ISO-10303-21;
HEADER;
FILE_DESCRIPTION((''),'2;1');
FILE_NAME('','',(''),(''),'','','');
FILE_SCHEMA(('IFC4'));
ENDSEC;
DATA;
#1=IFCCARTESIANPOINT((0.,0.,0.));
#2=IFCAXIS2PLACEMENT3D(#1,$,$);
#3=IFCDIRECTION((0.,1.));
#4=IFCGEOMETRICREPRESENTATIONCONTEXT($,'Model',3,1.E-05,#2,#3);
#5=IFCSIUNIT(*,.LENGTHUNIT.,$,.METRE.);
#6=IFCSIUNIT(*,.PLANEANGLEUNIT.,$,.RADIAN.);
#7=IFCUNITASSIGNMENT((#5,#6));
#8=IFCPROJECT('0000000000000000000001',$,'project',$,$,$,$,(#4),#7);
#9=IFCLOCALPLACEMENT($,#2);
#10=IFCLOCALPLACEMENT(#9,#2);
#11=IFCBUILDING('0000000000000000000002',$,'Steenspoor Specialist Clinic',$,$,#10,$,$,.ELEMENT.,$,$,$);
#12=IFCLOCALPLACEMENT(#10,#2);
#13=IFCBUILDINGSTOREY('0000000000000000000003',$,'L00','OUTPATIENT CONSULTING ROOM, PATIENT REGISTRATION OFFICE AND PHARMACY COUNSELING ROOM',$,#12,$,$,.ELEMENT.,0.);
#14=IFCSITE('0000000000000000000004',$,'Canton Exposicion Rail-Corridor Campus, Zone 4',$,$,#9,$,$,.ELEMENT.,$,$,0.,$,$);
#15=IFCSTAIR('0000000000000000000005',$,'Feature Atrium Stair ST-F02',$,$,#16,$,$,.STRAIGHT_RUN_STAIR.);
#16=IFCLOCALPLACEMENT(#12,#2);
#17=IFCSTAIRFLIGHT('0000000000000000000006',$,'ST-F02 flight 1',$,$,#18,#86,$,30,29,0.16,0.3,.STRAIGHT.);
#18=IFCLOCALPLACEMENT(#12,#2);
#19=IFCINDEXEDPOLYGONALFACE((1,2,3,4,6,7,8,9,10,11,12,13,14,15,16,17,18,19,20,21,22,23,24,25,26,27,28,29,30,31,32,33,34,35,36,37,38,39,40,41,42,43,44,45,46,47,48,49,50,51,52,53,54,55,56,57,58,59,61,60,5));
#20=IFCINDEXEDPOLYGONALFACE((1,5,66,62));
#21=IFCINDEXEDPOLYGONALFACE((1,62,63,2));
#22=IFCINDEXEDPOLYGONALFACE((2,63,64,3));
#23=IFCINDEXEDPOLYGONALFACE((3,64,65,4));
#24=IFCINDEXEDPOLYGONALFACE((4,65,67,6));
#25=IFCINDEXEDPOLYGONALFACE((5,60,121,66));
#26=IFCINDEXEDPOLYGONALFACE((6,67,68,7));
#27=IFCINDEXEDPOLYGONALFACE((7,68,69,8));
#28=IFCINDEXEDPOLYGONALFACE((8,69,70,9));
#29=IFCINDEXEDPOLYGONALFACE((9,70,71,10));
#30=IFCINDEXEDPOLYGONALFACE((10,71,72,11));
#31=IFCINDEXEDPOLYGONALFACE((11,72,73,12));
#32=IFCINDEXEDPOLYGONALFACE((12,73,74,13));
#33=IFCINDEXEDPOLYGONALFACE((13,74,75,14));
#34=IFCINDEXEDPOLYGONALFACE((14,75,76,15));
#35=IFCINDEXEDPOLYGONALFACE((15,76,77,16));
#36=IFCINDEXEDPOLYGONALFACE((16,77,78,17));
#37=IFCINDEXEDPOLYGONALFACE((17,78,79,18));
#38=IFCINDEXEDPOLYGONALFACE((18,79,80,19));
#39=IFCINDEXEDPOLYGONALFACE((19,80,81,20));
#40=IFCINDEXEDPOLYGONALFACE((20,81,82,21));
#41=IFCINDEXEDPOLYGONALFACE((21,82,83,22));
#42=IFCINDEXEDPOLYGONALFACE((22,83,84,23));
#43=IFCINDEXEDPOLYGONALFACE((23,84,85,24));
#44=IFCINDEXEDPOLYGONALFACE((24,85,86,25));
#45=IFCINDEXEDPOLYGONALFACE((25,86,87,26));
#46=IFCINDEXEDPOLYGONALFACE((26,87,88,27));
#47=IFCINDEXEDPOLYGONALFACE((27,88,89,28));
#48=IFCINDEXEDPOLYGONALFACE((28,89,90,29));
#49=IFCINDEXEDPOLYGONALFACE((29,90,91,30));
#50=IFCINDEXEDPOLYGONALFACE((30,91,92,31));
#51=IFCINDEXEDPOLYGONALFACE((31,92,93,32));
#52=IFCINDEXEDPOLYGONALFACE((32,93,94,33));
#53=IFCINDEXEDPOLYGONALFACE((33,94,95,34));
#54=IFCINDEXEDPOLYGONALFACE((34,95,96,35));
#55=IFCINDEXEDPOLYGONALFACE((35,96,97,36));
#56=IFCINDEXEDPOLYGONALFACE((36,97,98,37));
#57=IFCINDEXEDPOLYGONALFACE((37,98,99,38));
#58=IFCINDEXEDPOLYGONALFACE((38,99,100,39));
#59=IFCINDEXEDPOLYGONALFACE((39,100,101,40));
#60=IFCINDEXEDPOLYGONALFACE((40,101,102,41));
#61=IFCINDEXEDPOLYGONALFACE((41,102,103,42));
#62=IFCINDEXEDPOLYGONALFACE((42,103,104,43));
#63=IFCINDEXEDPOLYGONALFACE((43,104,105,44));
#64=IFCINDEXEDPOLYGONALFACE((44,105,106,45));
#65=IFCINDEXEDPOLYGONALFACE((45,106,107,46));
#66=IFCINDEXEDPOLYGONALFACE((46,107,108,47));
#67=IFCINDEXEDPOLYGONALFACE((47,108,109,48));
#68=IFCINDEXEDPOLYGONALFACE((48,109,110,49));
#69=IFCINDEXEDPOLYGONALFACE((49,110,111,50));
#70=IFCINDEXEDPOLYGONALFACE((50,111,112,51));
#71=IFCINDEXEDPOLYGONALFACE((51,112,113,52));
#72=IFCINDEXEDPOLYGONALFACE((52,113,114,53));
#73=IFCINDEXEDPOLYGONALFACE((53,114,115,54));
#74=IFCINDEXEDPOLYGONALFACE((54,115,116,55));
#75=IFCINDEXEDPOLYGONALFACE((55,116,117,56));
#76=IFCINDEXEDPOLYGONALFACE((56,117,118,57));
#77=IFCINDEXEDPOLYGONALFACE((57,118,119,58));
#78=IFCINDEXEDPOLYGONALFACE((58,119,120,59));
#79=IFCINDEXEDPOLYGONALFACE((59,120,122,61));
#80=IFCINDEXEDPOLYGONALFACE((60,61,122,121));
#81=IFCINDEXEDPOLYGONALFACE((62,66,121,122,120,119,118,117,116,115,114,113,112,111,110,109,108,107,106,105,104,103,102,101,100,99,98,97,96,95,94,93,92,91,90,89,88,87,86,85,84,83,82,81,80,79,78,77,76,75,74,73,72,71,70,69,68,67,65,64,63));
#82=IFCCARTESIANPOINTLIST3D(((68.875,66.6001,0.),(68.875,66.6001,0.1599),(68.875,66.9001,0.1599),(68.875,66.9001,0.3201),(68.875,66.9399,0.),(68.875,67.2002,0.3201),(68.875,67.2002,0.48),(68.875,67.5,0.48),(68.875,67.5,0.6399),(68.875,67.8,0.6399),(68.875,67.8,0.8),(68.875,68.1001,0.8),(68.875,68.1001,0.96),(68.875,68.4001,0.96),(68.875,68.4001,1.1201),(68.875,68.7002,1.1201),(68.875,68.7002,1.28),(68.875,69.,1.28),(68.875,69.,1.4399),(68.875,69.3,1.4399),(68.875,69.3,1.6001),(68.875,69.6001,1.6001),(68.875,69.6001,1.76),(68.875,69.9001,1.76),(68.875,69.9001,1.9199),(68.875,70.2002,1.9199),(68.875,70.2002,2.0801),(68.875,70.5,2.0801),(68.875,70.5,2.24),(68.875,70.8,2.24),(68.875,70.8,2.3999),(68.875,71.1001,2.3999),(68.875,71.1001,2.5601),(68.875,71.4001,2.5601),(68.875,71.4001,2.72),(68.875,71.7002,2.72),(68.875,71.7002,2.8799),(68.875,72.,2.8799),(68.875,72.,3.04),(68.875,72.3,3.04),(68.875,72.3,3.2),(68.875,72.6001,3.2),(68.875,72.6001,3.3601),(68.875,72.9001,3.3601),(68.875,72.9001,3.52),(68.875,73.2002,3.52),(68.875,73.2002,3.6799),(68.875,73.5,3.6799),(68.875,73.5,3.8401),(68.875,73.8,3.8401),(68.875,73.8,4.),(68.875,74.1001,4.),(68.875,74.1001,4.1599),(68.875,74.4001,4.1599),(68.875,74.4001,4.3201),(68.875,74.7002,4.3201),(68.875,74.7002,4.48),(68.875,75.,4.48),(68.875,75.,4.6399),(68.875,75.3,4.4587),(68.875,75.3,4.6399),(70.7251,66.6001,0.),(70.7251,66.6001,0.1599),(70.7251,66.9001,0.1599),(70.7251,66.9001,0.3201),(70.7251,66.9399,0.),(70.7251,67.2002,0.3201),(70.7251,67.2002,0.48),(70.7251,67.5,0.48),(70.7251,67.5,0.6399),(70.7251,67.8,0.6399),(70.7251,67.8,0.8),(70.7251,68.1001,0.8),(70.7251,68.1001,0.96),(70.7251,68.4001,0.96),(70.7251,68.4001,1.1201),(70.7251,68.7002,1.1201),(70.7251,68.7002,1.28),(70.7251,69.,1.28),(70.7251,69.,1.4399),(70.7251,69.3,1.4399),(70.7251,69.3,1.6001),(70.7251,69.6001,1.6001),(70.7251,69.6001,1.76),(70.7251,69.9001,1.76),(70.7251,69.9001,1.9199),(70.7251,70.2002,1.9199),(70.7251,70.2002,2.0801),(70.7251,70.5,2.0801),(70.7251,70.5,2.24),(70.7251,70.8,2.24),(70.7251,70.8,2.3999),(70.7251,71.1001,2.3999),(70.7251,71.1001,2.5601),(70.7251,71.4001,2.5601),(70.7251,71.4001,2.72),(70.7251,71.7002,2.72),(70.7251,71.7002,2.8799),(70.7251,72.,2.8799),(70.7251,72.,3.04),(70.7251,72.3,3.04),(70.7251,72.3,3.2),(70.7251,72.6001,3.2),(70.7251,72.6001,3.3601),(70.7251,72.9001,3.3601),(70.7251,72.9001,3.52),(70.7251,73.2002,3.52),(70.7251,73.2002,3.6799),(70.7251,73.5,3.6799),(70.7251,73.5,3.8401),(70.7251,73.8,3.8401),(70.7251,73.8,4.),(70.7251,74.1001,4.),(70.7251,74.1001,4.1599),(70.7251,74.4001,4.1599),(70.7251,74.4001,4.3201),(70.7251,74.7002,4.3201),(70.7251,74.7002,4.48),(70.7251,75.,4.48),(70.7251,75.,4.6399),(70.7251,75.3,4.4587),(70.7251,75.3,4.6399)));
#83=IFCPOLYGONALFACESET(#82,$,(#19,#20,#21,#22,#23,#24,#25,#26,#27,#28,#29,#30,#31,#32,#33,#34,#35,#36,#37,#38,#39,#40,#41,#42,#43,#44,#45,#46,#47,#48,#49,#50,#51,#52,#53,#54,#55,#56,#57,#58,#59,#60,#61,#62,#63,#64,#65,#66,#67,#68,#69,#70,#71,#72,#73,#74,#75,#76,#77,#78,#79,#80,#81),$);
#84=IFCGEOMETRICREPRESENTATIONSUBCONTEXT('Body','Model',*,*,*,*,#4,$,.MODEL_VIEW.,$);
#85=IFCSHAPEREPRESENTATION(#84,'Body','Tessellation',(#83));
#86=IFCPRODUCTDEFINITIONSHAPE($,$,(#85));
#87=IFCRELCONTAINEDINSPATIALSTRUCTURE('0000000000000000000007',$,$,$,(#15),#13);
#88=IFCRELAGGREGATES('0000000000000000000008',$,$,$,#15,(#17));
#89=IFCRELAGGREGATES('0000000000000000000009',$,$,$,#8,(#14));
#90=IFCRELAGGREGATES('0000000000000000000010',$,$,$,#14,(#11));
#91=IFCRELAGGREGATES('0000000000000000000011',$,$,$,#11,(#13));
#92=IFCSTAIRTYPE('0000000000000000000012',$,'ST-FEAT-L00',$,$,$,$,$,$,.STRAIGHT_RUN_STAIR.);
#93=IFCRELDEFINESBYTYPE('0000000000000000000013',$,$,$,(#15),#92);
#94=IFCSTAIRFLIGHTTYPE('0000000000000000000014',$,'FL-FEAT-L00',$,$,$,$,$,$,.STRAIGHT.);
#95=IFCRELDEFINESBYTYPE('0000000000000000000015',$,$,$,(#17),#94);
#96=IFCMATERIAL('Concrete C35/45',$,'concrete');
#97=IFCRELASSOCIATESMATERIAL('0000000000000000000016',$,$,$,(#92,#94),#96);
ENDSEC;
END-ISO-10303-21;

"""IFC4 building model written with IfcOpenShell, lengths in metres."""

from ifc_helpers import new_model, si_unit, direction, frame, origin, place, context, subcontext, project, spatial, polyline, outline, extrude, material, type_object, element, aggregate, save


model = new_model("IFC4")

# Units and contexts
model_context = context("Model", 3, precision=1e-05, world=origin(), true_north=direction((0.0, 1.0)))
body_context = subcontext(model_context, "Body", "Model", "MODEL_VIEW")
ifc_project = project(units=[si_unit("LENGTHUNIT", "METRE"), si_unit("PLANEANGLEUNIT", "RADIAN")], contexts=[model_context])

# Site, building, storey
site_placement = place(None, origin())
site = spatial("IfcSite", under=ifc_project, at=site_placement, Name="Canton Exposicion Rail-Corridor Campus, Zone 4", CompositionType="ELEMENT", RefElevation=0.0)
building_placement = place(site_placement, origin())
building = spatial("IfcBuilding", under=site, at=building_placement, Name="Steenspoor Specialist Clinic", CompositionType="ELEMENT")
storey_placement = place(building_placement, origin())
storey = spatial("IfcBuildingStorey", under=building, at=storey_placement, Name="L00", Description="OUTPATIENT CONSULTING ROOM, PATIENT REGISTRATION OFFICE AND PHARMACY COUNSELING ROOM", CompositionType="ELEMENT", Elevation=0.0)

# Shared definitions
ifc_material_1 = material(Name="Concrete C35/45", Category="concrete")

# Stair, stair flight
stair_type = type_object("IfcStairType", Name="ST-FEAT-L00", PredefinedType="STRAIGHT_RUN_STAIR", material=ifc_material_1)
stair_placement = place(storey_placement, origin())
stair = element("IfcStair", 1, at=stair_placement, inside=storey, type_object=stair_type, Name="Feature Atrium Stair ST-F02", PredefinedType="STRAIGHT_RUN_STAIR")
stair_flight_type = type_object("IfcStairFlightType", Name="FL-FEAT-L00", PredefinedType="STRAIGHT", material=ifc_material_1)
stair_flight_placement = place(storey_placement, frame((69.8, 66.6001, 0.0), z_axis=(0.0, 0.0, 1.0), x_axis=(0.0, 1.0, 0.0)))
stair_flight = element("IfcStairFlight", 2, at=stair_flight_placement, type_object=stair_flight_type, Name="ST-F02 flight 1", NumberOfRisers=30, NumberOfTreads=29, PredefinedType="STRAIGHT", RiserHeight=0.16, TreadLength=0.3, context=body_context, shape_type="SweptSolid", body=[
    extrude(outline(polyline([(0.0, 0.0), (0.0, 0.1599), (0.3, 0.1599), (0.3, 0.3201), (0.6001, 0.3201), (0.6001, 0.48), (0.8999, 0.48), (0.8999, 0.6399), (1.2, 0.6399), (1.2, 0.8), (1.5, 0.8), (1.5, 0.96), (1.8, 0.96), (1.8, 1.1201), (2.1001, 1.1201), (2.1001, 1.28), (2.3999, 1.28), (2.3999, 1.4399), (2.7, 1.4399), (2.7, 1.6001), (3.0, 1.6001), (3.0, 1.76), (3.3, 1.76), (3.3, 1.9199), (3.6001, 1.9199), (3.6001, 2.0801), (3.8999, 2.0801), (3.8999, 2.24), (4.2, 2.24), (4.2, 2.3999), (4.5, 2.3999), (4.5, 2.5601), (4.8, 2.5601), (4.8, 2.72), (5.1001, 2.72), (5.1001, 2.8799), (5.3999, 2.8799), (5.3999, 3.04), (5.7, 3.04), (5.7, 3.2), (6.0, 3.2), (6.0, 3.3601), (6.3, 3.3601), (6.3, 3.52), (6.6001, 3.52), (6.6001, 3.6799), (6.8999, 3.6799), (6.8999, 3.8401), (7.2, 3.8401), (7.2, 4.0), (7.5, 4.0), (7.5, 4.1599), (7.8, 4.1599), (7.8, 4.3201), (8.1001, 4.3201), (8.1001, 4.48), (8.3999, 4.48), (8.3999, 4.6399), (8.7, 4.6399), (8.7, 4.8), (8.7, 4.4587), (0.3398, 0.0), (0.0, 0.0)])), frame((0.0, 0.925, 0.0), z_axis=(0.0, -1.0, 0.0), x_axis=(1.0, 0.0, 0.0)), (0.0, 0.0, 1.0), 1.8501),
])
aggregate(stair, [stair_flight])

save(model, "model.ifc")
